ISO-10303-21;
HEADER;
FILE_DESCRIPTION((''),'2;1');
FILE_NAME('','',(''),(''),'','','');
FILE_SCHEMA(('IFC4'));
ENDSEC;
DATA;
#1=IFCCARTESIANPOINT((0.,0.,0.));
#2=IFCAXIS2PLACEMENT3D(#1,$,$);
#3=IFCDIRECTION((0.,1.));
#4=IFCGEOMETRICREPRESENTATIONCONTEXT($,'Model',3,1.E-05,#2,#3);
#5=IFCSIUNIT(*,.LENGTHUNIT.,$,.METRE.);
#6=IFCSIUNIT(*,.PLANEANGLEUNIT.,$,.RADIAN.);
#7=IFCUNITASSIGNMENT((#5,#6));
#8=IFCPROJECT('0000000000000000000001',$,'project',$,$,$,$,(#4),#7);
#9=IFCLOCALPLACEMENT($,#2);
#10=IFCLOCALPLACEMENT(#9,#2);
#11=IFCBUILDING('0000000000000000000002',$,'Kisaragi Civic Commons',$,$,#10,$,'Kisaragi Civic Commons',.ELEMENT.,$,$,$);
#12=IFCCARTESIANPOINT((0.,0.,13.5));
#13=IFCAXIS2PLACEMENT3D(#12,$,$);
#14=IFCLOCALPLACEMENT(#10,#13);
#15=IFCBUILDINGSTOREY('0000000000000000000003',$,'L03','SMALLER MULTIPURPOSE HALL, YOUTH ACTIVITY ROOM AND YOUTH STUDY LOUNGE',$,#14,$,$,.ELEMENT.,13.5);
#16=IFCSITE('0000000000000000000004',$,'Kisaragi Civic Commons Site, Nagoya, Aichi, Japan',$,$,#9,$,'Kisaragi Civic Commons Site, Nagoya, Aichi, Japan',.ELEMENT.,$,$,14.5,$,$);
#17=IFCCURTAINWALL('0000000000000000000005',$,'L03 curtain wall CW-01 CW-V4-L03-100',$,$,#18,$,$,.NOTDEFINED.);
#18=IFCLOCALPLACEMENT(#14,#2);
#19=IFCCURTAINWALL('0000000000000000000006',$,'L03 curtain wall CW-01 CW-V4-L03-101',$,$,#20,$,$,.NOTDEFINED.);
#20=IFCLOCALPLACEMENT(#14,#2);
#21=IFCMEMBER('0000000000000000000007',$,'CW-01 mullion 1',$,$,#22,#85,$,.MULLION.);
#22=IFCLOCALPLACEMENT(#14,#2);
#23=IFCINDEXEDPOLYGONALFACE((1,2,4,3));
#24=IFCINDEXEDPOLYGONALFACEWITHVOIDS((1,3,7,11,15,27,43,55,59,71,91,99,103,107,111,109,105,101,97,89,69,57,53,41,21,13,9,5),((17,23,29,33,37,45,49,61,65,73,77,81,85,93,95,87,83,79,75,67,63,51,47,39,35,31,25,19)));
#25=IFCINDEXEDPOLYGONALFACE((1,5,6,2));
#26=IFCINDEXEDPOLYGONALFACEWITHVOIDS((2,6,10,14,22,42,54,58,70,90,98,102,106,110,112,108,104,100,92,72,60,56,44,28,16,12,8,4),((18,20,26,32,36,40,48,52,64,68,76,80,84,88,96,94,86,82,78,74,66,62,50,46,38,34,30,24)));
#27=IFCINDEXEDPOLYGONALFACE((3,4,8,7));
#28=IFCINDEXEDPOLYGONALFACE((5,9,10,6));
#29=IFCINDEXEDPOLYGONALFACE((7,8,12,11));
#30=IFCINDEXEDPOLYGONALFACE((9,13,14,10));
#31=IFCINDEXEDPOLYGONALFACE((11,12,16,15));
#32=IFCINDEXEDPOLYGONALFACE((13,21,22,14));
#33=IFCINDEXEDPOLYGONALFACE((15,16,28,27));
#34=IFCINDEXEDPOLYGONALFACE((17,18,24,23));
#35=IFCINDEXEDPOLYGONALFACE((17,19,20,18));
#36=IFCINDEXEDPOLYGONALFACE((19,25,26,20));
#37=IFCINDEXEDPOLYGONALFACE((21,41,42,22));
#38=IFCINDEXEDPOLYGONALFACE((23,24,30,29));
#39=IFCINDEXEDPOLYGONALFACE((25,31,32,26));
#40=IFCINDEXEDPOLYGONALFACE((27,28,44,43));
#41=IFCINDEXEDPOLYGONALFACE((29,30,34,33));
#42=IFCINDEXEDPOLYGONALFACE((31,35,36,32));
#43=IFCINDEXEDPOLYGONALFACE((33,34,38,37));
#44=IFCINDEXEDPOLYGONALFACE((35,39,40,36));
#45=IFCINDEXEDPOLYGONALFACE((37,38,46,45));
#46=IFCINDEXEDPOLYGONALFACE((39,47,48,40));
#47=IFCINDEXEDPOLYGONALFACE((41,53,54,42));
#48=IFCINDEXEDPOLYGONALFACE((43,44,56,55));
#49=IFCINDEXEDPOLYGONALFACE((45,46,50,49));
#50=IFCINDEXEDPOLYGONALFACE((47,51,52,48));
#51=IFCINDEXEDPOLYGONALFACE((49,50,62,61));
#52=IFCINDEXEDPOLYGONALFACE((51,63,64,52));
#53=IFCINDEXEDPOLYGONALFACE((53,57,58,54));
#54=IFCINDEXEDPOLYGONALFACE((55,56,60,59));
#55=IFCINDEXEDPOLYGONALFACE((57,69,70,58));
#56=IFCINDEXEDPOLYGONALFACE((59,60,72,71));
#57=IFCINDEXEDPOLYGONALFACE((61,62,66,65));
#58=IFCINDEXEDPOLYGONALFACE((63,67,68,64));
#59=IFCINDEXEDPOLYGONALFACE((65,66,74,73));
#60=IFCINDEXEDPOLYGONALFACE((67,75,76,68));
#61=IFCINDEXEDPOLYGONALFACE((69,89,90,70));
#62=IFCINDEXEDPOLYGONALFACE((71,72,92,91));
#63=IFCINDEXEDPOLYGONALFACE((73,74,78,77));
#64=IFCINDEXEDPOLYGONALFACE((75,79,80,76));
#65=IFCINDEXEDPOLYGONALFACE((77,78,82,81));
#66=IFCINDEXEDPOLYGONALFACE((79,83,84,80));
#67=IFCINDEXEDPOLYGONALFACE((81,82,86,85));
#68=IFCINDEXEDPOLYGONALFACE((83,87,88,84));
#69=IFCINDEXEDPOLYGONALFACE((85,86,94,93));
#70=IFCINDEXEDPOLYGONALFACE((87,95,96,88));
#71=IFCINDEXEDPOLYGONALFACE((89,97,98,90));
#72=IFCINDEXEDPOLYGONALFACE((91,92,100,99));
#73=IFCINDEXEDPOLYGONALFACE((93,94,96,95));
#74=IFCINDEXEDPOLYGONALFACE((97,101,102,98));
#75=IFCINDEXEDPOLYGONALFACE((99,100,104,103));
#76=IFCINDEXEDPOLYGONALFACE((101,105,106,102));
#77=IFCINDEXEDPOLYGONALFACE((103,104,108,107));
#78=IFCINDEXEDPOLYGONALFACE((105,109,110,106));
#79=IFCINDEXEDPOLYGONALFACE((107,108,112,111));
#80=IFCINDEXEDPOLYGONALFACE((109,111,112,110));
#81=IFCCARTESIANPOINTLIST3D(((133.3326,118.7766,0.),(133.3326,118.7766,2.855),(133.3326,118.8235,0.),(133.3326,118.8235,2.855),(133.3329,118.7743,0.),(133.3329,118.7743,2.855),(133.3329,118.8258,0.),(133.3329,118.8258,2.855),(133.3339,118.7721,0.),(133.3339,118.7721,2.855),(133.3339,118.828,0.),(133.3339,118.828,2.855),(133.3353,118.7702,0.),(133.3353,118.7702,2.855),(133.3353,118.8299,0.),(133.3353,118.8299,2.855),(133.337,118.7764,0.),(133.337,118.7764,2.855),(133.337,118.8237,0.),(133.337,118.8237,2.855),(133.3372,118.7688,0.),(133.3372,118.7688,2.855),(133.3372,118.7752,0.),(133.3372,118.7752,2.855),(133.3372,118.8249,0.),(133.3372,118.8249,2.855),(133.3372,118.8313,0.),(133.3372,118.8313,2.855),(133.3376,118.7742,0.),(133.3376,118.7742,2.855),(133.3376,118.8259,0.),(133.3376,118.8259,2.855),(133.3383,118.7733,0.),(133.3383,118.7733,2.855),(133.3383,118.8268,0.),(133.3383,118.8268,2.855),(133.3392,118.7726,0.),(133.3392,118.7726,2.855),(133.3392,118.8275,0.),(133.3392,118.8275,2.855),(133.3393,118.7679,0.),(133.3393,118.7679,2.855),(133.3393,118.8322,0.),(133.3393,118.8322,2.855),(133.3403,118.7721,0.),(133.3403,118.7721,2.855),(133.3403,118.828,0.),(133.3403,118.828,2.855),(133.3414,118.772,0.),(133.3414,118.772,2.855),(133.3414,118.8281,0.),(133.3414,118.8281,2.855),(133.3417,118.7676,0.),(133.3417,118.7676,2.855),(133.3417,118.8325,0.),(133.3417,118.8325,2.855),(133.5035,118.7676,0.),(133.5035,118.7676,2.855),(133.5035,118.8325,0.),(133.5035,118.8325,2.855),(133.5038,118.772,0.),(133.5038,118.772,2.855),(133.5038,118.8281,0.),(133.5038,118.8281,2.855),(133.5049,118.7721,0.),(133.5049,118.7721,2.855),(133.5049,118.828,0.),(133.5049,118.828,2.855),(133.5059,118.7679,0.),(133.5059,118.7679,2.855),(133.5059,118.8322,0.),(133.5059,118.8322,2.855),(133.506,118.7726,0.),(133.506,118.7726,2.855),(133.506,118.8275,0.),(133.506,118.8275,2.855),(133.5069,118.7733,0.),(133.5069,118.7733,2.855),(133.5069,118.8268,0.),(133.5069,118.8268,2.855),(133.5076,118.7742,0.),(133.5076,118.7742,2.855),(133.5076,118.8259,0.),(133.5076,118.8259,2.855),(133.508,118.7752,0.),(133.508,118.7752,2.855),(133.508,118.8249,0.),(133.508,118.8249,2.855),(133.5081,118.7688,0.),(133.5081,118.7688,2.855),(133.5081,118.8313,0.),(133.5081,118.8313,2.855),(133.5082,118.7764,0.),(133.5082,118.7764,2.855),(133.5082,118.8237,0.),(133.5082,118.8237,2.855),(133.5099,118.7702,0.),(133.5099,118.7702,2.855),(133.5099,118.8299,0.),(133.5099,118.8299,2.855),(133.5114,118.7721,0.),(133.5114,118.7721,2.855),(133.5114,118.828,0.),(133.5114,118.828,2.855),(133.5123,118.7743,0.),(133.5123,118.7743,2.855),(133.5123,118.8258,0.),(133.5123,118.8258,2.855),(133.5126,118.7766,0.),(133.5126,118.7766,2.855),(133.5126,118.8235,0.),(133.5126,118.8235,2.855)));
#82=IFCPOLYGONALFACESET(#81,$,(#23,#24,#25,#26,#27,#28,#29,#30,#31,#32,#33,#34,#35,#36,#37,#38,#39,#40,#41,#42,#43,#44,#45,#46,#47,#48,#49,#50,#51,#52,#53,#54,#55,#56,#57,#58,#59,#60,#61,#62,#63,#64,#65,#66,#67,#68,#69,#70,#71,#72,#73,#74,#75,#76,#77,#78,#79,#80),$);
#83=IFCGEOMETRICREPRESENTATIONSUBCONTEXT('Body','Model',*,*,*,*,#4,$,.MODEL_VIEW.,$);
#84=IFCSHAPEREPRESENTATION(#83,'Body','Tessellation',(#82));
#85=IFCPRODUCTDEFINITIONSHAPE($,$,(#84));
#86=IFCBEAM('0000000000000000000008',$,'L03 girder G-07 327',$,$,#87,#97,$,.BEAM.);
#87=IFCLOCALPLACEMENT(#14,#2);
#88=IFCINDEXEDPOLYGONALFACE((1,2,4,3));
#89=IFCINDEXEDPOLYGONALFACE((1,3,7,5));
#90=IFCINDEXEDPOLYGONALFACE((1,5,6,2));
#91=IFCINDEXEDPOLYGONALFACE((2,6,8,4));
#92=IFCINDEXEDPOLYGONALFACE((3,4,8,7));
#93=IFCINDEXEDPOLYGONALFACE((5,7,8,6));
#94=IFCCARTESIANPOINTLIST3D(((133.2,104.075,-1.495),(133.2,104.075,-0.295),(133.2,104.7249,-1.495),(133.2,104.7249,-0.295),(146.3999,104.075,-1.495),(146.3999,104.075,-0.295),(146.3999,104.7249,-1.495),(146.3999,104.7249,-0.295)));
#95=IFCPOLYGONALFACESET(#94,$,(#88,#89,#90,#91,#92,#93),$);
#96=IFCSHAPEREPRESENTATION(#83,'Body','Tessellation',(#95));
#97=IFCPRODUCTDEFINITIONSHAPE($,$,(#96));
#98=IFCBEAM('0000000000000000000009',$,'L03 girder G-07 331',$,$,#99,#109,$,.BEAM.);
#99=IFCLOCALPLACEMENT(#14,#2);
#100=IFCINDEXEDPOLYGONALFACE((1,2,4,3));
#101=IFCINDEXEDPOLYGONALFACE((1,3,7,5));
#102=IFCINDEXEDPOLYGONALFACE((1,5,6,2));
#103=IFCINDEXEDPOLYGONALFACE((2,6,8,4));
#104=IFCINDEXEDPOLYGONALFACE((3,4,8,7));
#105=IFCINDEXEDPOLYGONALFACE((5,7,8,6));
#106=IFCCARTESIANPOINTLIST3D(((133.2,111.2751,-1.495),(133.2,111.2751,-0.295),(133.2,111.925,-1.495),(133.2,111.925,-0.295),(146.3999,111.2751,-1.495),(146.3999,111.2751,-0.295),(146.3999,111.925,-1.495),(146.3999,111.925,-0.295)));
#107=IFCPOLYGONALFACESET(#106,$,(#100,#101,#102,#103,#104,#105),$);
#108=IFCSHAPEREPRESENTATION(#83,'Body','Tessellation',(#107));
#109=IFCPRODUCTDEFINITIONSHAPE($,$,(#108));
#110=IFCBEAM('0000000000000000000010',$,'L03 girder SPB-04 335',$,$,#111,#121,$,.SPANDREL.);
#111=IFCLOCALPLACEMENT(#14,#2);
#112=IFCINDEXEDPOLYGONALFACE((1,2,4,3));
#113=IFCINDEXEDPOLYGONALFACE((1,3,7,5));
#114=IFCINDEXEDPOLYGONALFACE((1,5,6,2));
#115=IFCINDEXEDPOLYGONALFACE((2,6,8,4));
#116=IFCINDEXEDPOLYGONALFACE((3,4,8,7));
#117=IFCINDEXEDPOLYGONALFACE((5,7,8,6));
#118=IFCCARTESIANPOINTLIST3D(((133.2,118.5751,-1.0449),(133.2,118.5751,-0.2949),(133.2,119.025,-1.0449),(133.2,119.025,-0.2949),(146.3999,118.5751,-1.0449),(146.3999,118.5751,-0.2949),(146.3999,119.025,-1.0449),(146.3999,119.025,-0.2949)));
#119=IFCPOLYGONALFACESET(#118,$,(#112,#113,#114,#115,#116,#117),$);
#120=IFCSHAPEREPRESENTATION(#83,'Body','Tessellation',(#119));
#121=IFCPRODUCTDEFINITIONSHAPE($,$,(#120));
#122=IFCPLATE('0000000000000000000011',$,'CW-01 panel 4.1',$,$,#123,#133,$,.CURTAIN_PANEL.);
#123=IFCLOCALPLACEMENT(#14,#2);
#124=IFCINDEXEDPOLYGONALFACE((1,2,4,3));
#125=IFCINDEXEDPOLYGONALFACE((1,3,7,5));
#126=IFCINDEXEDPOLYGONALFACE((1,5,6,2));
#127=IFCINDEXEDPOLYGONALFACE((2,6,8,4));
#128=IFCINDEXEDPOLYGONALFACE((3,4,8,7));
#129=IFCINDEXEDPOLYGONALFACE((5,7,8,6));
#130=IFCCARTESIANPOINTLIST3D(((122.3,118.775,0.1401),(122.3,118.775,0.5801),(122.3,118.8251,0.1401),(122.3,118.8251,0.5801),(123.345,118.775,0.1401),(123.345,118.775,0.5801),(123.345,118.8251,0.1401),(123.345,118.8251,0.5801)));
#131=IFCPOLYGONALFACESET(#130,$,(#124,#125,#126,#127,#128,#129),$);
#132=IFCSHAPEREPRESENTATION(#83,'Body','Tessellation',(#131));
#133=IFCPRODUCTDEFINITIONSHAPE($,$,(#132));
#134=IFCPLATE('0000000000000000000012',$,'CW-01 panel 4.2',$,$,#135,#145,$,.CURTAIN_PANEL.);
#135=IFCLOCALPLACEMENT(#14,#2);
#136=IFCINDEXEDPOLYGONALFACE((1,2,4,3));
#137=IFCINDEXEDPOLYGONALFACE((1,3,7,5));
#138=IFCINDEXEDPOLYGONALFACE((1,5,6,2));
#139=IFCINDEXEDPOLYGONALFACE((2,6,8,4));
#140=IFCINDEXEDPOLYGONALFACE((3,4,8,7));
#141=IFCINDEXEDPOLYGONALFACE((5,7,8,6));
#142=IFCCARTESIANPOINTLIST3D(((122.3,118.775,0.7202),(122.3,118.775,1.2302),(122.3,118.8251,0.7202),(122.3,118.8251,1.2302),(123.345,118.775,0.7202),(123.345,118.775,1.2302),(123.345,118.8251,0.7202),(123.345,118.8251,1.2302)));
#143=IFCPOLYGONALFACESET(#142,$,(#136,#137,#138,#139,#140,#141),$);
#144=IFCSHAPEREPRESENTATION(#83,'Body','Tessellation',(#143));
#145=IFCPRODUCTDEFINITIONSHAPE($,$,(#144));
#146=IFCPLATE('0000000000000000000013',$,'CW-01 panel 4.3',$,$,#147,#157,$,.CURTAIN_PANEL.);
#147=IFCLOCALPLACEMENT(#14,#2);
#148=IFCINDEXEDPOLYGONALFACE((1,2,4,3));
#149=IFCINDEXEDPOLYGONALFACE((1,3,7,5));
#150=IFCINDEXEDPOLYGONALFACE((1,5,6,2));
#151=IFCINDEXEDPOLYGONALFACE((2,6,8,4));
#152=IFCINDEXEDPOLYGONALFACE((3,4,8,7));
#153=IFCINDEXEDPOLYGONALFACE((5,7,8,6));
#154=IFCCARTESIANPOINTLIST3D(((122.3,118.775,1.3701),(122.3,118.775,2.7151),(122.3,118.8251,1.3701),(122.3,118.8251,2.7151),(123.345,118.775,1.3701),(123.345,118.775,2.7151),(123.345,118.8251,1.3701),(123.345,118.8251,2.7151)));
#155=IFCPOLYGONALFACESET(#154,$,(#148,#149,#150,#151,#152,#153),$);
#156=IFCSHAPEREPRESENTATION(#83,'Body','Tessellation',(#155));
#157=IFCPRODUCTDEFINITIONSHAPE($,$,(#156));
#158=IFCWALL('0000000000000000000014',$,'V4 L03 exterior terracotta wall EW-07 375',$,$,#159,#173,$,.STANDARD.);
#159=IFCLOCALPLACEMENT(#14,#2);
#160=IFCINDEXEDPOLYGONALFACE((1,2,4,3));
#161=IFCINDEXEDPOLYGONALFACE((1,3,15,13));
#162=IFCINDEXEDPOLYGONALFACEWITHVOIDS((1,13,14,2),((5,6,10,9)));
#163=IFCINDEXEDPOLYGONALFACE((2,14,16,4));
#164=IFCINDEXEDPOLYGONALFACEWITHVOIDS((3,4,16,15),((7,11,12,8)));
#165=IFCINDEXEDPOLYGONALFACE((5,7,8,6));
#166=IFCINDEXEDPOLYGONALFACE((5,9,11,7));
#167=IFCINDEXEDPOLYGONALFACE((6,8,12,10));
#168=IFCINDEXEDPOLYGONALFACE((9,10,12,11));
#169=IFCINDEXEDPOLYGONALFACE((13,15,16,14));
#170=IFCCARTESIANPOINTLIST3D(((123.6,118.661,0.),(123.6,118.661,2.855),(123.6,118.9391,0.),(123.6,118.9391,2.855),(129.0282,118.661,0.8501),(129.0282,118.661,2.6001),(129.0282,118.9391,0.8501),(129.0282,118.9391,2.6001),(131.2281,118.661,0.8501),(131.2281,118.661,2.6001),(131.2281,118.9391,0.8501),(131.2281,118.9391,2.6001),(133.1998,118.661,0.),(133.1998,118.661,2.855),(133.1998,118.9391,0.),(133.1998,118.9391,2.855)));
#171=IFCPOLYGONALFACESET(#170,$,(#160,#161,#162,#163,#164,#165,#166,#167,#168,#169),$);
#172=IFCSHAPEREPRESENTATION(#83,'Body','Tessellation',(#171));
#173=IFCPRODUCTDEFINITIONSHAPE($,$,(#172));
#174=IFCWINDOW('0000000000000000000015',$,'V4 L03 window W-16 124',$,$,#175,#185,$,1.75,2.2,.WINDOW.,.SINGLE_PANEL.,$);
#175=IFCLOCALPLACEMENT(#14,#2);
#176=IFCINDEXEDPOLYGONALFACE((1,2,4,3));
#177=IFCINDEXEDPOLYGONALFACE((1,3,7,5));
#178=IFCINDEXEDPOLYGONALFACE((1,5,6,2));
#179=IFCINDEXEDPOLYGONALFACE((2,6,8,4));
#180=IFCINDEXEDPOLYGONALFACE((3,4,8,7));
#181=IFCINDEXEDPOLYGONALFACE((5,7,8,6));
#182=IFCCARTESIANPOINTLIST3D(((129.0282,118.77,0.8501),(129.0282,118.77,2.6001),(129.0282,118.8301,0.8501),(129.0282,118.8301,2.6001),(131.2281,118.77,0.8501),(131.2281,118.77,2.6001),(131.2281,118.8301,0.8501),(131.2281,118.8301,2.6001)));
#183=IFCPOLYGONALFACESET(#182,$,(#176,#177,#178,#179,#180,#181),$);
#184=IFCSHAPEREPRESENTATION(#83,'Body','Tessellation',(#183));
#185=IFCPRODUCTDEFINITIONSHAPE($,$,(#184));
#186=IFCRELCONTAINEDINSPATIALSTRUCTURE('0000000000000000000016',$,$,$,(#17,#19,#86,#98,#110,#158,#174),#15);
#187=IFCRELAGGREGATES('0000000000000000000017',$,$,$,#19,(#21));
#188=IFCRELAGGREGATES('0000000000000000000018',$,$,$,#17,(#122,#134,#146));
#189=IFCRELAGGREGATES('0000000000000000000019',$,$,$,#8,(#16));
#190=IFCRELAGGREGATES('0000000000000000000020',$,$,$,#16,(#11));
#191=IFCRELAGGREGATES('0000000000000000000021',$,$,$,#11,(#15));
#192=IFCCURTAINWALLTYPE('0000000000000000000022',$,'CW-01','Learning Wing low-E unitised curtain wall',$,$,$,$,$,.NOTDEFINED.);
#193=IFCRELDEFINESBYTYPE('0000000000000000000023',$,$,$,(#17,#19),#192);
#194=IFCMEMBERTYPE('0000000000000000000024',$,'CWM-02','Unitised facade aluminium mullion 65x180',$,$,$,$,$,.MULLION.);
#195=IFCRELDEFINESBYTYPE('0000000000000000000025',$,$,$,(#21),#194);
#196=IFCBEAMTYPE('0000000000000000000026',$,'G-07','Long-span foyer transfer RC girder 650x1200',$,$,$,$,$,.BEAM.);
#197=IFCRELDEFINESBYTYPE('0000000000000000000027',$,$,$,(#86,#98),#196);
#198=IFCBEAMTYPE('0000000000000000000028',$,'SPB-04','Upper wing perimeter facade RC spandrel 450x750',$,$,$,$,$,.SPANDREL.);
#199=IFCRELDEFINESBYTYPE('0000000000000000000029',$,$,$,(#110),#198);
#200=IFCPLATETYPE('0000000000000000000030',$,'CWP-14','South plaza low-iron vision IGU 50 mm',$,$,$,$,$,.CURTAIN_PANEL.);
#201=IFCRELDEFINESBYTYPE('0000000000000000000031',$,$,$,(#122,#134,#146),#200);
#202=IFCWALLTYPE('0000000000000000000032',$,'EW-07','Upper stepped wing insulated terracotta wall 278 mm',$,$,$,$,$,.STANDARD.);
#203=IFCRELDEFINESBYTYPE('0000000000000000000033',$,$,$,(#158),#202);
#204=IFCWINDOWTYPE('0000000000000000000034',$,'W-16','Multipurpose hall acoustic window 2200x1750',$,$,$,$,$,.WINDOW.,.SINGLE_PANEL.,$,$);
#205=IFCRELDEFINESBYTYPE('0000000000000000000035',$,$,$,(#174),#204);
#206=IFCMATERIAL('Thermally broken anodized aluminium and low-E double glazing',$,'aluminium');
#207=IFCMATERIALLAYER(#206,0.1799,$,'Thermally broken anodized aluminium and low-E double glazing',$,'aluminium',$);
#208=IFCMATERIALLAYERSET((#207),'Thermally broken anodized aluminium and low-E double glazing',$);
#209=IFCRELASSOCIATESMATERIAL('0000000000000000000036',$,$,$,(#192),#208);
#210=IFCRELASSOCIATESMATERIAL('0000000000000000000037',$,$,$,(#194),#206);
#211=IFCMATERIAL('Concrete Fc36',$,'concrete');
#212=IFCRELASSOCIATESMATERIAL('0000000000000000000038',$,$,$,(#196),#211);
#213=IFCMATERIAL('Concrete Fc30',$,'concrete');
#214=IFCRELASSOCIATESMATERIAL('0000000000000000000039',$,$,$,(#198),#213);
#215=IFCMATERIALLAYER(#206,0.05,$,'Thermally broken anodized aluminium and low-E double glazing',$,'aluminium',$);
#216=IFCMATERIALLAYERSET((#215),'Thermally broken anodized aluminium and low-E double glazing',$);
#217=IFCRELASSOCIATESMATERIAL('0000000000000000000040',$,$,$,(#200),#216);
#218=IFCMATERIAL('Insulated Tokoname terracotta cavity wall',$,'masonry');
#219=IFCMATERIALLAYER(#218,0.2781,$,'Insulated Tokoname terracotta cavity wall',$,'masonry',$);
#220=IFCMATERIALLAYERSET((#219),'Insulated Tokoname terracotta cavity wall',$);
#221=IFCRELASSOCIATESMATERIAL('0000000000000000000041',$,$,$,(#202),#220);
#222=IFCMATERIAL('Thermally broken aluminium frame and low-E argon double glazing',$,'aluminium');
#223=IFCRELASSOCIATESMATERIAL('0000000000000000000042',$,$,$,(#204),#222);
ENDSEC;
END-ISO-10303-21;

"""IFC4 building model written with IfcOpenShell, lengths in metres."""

from ifc_helpers import new_model, si_unit, direction, frame, frame_2d, origin, origin_2d, place, context, subcontext, project, spatial, rectangle, hollow_rectangle, extrude, material, layer, layer_set, material_profile, profile_set, type_object, element, fill, aggregate, save


model = new_model("IFC4")

# Units and contexts
model_context = context("Model", 3, precision=1e-05, world=origin(), true_north=direction((0.0, 1.0)))
body_context = subcontext(model_context, "Body", "Model", "MODEL_VIEW")
ifc_project = project(units=[si_unit("LENGTHUNIT", "METRE"), si_unit("PLANEANGLEUNIT", "RADIAN")], contexts=[model_context])

# Site, building, storey
site_placement = place(None, origin())
site = spatial("IfcSite", under=ifc_project, at=site_placement, Name="Kisaragi Civic Commons Site, Nagoya, Aichi, Japan", LongName="Kisaragi Civic Commons Site, Nagoya, Aichi, Japan", CompositionType="ELEMENT", RefElevation=14.5)
building_placement = place(site_placement, origin())
building = spatial("IfcBuilding", under=site, at=building_placement, Name="Kisaragi Civic Commons", LongName="Kisaragi Civic Commons", CompositionType="ELEMENT")
storey_placement = place(building_placement, frame((0.0, 0.0, 13.5)))
storey = spatial("IfcBuildingStorey", under=building, at=storey_placement, Name="L03", Description="SMALLER MULTIPURPOSE HALL, YOUTH ACTIVITY ROOM AND YOUTH STUDY LOUNGE", CompositionType="ELEMENT", Elevation=13.5)

# Shared definitions
ifc_material_1 = material(Name="Concrete Fc30", Category="concrete")

# Curtain walls, member
ifc_material_2 = material(Name="Thermally broken anodized aluminium and low-E double glazing", Category="aluminium")
ifc_layer_1 = layer(ifc_material_2, 0.1799, Name="Thermally broken anodized aluminium and low-E double glazing", Category="aluminium")
ifc_layer_set_1 = layer_set([ifc_layer_1], Name="Thermally broken anodized aluminium and low-E double glazing")
curtain_wall_type = type_object("IfcCurtainWallType", Name="CW-01", Description="Learning Wing low-E unitised curtain wall", PredefinedType="NOTDEFINED", material=ifc_layer_set_1)
curtain_wall_1_placement = place(storey_placement, origin())
curtain_wall_1 = element("IfcCurtainWall", 1, at=curtain_wall_1_placement, inside=storey, type_object=curtain_wall_type, Name="L03 curtain wall CW-01 CW-V4-L03-100", PredefinedType="NOTDEFINED")
ifc_material_profile_1 = material_profile(ifc_material_2, hollow_rectangle(XDim=0.0649, YDim=0.1799, WallThickness=0.0044, InnerFilletRadius=0.0044, OuterFilletRadius=0.009, at=origin_2d()), Name="CWM-65x180x4.5", Category="aluminium")
ifc_profile_set_1 = profile_set([ifc_material_profile_1], Name="Thermally broken anodized aluminium and low-E double glazing")
member_type = type_object("IfcMemberType", Name="CWM-02", Description="Unitised facade aluminium mullion 65x180", PredefinedType="MULLION", material=ifc_profile_set_1)
curtain_wall_2_placement = place(storey_placement, origin())
curtain_wall_2 = element("IfcCurtainWall", 2, at=curtain_wall_2_placement, inside=storey, type_object=curtain_wall_type, Name="L03 curtain wall CW-01 CW-V4-L03-101", PredefinedType="NOTDEFINED")
member_1_placement = place(storey_placement, frame((133.4226, 118.8, 0.0), z_axis=(0.0, 0.0, 1.0), x_axis=(0.0, 1.0, 0.0)))
member_1 = element("IfcMember", 3, at=member_1_placement, type_object=member_type, Name="CW-01 mullion 1", PredefinedType="MULLION", context=body_context, shape_type="SweptSolid", body=[
    extrude(hollow_rectangle(XDim=0.0649, YDim=0.1799, WallThickness=0.0044, InnerFilletRadius=0.0044, OuterFilletRadius=0.009, at=origin_2d()), origin(), (0.0, 0.0, 1.0), 2.855),
])
aggregate(curtain_wall_2, [member_1])

# Beams
ifc_material_3 = material(Name="Concrete Fc36", Category="concrete")
ifc_material_profile_2 = material_profile(ifc_material_3, rectangle(XDim=0.6499, YDim=1.2, at=origin_2d()), Name="RC-650x1200", Category="concrete")
ifc_profile_set_2 = profile_set([ifc_material_profile_2], Name="Concrete Fc36")
beam_type_1 = type_object("IfcBeamType", Name="G-07", Description="Long-span foyer transfer RC girder 650x1200", PredefinedType="BEAM", material=ifc_profile_set_2)
for number, where, z_axis, x_axis, name in (
    (4, (133.2, 104.3999, -0.895), (1.0, 0.0, 0.0), (0.0, 1.0, 0.0), "L03 girder G-07 327"),
    (5, (133.2, 111.6001, -0.895), (1.0, 0.0, 0.0), (0.0, 1.0, 0.0), "L03 girder G-07 331"),
):
    element("IfcBeam", number, at=place(storey_placement, frame(where, z_axis=z_axis, x_axis=x_axis)), inside=storey, type_object=beam_type_1, Name=name, PredefinedType="BEAM", context=body_context, shape_type="SweptSolid", body=[
        extrude(rectangle(XDim=0.6499, YDim=1.2, at=origin_2d()), origin(), (0.0, 0.0, 1.0), 13.2),
    ])
ifc_material_profile_3 = material_profile(ifc_material_1, rectangle(XDim=0.45, YDim=0.75, at=origin_2d()), Name="RC-450x750", Category="concrete")
ifc_profile_set_3 = profile_set([ifc_material_profile_3], Name="Concrete Fc30")
beam_type_2 = type_object("IfcBeamType", Name="SPB-04", Description="Upper wing perimeter facade RC spandrel 450x750", PredefinedType="SPANDREL", material=ifc_profile_set_3)
beam_placement = place(storey_placement, frame((133.2, 118.8, -0.6699), z_axis=(1.0, 0.0, 0.0), x_axis=(0.0, 1.0, 0.0)))
element("IfcBeam", 6, at=beam_placement, inside=storey, type_object=beam_type_2, Name="L03 girder SPB-04 335", PredefinedType="SPANDREL", context=body_context, shape_type="SweptSolid", body=[
    extrude(rectangle(XDim=0.45, YDim=0.75, at=origin_2d()), origin(), (0.0, 0.0, 1.0), 13.2),
])

# Plates
ifc_layer_2 = layer(ifc_material_2, 0.05, Name="Thermally broken anodized aluminium and low-E double glazing", Category="aluminium")
ifc_layer_set_2 = layer_set([ifc_layer_2], Name="Thermally broken anodized aluminium and low-E double glazing")
plate_type = type_object("IfcPlateType", Name="CWP-14", Description="South plaza low-iron vision IGU 50 mm", PredefinedType="CURTAIN_PANEL", material=ifc_layer_set_2)
plate_1_placement = place(storey_placement, frame((122.8225, 118.8, 0.1401), z_axis=(0.0, 0.0, 1.0), x_axis=(1.0, 0.0, 0.0)))
plate_1 = element("IfcPlate", 7, at=plate_1_placement, type_object=plate_type, Name="CW-01 panel 4.1", PredefinedType="CURTAIN_PANEL", context=body_context, shape_type="SweptSolid", body=[
    extrude(rectangle(XDim=1.0449, YDim=0.05, at=origin_2d()), origin(), (0.0, 0.0, 1.0), 0.4399),
])
plate_2_placement = place(storey_placement, frame((122.8225, 118.8, 0.7202), z_axis=(0.0, 0.0, 1.0), x_axis=(1.0, 0.0, 0.0)))
plate_2 = element("IfcPlate", 8, at=plate_2_placement, type_object=plate_type, Name="CW-01 panel 4.2", PredefinedType="CURTAIN_PANEL", context=body_context, shape_type="SweptSolid", body=[
    extrude(rectangle(XDim=1.0449, YDim=0.05, at=origin_2d()), origin(), (0.0, 0.0, 1.0), 0.51),
])
plate_3_placement = place(storey_placement, frame((122.8225, 118.8, 1.3701), z_axis=(0.0, 0.0, 1.0), x_axis=(1.0, 0.0, 0.0)))
plate_3 = element("IfcPlate", 9, at=plate_3_placement, type_object=plate_type, Name="CW-01 panel 4.3", PredefinedType="CURTAIN_PANEL", context=body_context, shape_type="SweptSolid", body=[
    extrude(rectangle(XDim=1.0449, YDim=0.05, at=origin_2d()), origin(), (0.0, 0.0, 1.0), 1.345),
])
aggregate(curtain_wall_1, [plate_1, plate_2, plate_3])

# Wall, opening, window
ifc_material_4 = material(Name="Insulated Tokoname terracotta cavity wall", Category="masonry")
ifc_layer_3 = layer(ifc_material_4, 0.2781, Name="Insulated Tokoname terracotta cavity wall", Category="masonry")
ifc_layer_set_3 = layer_set([ifc_layer_3], Name="Insulated Tokoname terracotta cavity wall")
wall_type_1 = type_object("IfcWallType", Name="EW-07", Description="Upper stepped wing insulated terracotta wall 278 mm", PredefinedType="STANDARD", material=ifc_layer_set_3)
wall_1_placement = place(storey_placement, frame((123.6001, 118.8, 0.0), z_axis=(0.0, 0.0, 1.0), x_axis=(1.0, 0.0, 0.0)))
wall_1 = element("IfcWall", 10, at=wall_1_placement, inside=storey, type_object=wall_type_1, Name="V4 L03 exterior terracotta wall EW-07 375", PredefinedType="STANDARD", context=body_context, shape_type="SweptSolid", body=[
    extrude(rectangle(XDim=9.5999, YDim=0.2781, at=frame_2d((4.7998, 0.0))), origin(), (0.0, 0.0, 1.0), 2.855),
])
opening_1_placement = place(wall_1_placement, frame((5.428, 0.0, 0.8501)))
opening_1 = element("IfcOpeningElement", 11, at=opening_1_placement, cuts=wall_1, PredefinedType="OPENING", context=body_context, shape_type="SweptSolid", body=[
    extrude(rectangle(XDim=2.2, YDim=1.75, at=frame_2d((1.1001, 0.875))), frame((0.0, 0.1489, 0.0), z_axis=(0.0, -1.0, 0.0), x_axis=(1.0, 0.0, 0.0)), (0.0, 0.0, 1.0), 0.2981),
])
ifc_material_5 = material(Name="Thermally broken aluminium frame and low-E argon double glazing", Category="aluminium")
window_type = type_object("IfcWindowType", Name="W-16", Description="Multipurpose hall acoustic window 2200x1750", PartitioningType="SINGLE_PANEL", PredefinedType="WINDOW", material=ifc_material_5)
window_placement = place(opening_1_placement, origin())
window = element("IfcWindow", 12, at=window_placement, inside=storey, type_object=window_type, Name="V4 L03 window W-16 124", OverallHeight=1.75, OverallWidth=2.2, PartitioningType="SINGLE_PANEL", PredefinedType="WINDOW", context=body_context, shape_type="SweptSolid", body=[
    extrude(rectangle(XDim=2.2, YDim=1.75, at=frame_2d((1.1001, 0.875))), frame((0.0, 0.03, 0.0), z_axis=(0.0, -1.0, 0.0), x_axis=(1.0, 0.0, 0.0)), (0.0, 0.0, 1.0), 0.0601),
])
fill(opening_1, window)

save(model, "model.ifc")
